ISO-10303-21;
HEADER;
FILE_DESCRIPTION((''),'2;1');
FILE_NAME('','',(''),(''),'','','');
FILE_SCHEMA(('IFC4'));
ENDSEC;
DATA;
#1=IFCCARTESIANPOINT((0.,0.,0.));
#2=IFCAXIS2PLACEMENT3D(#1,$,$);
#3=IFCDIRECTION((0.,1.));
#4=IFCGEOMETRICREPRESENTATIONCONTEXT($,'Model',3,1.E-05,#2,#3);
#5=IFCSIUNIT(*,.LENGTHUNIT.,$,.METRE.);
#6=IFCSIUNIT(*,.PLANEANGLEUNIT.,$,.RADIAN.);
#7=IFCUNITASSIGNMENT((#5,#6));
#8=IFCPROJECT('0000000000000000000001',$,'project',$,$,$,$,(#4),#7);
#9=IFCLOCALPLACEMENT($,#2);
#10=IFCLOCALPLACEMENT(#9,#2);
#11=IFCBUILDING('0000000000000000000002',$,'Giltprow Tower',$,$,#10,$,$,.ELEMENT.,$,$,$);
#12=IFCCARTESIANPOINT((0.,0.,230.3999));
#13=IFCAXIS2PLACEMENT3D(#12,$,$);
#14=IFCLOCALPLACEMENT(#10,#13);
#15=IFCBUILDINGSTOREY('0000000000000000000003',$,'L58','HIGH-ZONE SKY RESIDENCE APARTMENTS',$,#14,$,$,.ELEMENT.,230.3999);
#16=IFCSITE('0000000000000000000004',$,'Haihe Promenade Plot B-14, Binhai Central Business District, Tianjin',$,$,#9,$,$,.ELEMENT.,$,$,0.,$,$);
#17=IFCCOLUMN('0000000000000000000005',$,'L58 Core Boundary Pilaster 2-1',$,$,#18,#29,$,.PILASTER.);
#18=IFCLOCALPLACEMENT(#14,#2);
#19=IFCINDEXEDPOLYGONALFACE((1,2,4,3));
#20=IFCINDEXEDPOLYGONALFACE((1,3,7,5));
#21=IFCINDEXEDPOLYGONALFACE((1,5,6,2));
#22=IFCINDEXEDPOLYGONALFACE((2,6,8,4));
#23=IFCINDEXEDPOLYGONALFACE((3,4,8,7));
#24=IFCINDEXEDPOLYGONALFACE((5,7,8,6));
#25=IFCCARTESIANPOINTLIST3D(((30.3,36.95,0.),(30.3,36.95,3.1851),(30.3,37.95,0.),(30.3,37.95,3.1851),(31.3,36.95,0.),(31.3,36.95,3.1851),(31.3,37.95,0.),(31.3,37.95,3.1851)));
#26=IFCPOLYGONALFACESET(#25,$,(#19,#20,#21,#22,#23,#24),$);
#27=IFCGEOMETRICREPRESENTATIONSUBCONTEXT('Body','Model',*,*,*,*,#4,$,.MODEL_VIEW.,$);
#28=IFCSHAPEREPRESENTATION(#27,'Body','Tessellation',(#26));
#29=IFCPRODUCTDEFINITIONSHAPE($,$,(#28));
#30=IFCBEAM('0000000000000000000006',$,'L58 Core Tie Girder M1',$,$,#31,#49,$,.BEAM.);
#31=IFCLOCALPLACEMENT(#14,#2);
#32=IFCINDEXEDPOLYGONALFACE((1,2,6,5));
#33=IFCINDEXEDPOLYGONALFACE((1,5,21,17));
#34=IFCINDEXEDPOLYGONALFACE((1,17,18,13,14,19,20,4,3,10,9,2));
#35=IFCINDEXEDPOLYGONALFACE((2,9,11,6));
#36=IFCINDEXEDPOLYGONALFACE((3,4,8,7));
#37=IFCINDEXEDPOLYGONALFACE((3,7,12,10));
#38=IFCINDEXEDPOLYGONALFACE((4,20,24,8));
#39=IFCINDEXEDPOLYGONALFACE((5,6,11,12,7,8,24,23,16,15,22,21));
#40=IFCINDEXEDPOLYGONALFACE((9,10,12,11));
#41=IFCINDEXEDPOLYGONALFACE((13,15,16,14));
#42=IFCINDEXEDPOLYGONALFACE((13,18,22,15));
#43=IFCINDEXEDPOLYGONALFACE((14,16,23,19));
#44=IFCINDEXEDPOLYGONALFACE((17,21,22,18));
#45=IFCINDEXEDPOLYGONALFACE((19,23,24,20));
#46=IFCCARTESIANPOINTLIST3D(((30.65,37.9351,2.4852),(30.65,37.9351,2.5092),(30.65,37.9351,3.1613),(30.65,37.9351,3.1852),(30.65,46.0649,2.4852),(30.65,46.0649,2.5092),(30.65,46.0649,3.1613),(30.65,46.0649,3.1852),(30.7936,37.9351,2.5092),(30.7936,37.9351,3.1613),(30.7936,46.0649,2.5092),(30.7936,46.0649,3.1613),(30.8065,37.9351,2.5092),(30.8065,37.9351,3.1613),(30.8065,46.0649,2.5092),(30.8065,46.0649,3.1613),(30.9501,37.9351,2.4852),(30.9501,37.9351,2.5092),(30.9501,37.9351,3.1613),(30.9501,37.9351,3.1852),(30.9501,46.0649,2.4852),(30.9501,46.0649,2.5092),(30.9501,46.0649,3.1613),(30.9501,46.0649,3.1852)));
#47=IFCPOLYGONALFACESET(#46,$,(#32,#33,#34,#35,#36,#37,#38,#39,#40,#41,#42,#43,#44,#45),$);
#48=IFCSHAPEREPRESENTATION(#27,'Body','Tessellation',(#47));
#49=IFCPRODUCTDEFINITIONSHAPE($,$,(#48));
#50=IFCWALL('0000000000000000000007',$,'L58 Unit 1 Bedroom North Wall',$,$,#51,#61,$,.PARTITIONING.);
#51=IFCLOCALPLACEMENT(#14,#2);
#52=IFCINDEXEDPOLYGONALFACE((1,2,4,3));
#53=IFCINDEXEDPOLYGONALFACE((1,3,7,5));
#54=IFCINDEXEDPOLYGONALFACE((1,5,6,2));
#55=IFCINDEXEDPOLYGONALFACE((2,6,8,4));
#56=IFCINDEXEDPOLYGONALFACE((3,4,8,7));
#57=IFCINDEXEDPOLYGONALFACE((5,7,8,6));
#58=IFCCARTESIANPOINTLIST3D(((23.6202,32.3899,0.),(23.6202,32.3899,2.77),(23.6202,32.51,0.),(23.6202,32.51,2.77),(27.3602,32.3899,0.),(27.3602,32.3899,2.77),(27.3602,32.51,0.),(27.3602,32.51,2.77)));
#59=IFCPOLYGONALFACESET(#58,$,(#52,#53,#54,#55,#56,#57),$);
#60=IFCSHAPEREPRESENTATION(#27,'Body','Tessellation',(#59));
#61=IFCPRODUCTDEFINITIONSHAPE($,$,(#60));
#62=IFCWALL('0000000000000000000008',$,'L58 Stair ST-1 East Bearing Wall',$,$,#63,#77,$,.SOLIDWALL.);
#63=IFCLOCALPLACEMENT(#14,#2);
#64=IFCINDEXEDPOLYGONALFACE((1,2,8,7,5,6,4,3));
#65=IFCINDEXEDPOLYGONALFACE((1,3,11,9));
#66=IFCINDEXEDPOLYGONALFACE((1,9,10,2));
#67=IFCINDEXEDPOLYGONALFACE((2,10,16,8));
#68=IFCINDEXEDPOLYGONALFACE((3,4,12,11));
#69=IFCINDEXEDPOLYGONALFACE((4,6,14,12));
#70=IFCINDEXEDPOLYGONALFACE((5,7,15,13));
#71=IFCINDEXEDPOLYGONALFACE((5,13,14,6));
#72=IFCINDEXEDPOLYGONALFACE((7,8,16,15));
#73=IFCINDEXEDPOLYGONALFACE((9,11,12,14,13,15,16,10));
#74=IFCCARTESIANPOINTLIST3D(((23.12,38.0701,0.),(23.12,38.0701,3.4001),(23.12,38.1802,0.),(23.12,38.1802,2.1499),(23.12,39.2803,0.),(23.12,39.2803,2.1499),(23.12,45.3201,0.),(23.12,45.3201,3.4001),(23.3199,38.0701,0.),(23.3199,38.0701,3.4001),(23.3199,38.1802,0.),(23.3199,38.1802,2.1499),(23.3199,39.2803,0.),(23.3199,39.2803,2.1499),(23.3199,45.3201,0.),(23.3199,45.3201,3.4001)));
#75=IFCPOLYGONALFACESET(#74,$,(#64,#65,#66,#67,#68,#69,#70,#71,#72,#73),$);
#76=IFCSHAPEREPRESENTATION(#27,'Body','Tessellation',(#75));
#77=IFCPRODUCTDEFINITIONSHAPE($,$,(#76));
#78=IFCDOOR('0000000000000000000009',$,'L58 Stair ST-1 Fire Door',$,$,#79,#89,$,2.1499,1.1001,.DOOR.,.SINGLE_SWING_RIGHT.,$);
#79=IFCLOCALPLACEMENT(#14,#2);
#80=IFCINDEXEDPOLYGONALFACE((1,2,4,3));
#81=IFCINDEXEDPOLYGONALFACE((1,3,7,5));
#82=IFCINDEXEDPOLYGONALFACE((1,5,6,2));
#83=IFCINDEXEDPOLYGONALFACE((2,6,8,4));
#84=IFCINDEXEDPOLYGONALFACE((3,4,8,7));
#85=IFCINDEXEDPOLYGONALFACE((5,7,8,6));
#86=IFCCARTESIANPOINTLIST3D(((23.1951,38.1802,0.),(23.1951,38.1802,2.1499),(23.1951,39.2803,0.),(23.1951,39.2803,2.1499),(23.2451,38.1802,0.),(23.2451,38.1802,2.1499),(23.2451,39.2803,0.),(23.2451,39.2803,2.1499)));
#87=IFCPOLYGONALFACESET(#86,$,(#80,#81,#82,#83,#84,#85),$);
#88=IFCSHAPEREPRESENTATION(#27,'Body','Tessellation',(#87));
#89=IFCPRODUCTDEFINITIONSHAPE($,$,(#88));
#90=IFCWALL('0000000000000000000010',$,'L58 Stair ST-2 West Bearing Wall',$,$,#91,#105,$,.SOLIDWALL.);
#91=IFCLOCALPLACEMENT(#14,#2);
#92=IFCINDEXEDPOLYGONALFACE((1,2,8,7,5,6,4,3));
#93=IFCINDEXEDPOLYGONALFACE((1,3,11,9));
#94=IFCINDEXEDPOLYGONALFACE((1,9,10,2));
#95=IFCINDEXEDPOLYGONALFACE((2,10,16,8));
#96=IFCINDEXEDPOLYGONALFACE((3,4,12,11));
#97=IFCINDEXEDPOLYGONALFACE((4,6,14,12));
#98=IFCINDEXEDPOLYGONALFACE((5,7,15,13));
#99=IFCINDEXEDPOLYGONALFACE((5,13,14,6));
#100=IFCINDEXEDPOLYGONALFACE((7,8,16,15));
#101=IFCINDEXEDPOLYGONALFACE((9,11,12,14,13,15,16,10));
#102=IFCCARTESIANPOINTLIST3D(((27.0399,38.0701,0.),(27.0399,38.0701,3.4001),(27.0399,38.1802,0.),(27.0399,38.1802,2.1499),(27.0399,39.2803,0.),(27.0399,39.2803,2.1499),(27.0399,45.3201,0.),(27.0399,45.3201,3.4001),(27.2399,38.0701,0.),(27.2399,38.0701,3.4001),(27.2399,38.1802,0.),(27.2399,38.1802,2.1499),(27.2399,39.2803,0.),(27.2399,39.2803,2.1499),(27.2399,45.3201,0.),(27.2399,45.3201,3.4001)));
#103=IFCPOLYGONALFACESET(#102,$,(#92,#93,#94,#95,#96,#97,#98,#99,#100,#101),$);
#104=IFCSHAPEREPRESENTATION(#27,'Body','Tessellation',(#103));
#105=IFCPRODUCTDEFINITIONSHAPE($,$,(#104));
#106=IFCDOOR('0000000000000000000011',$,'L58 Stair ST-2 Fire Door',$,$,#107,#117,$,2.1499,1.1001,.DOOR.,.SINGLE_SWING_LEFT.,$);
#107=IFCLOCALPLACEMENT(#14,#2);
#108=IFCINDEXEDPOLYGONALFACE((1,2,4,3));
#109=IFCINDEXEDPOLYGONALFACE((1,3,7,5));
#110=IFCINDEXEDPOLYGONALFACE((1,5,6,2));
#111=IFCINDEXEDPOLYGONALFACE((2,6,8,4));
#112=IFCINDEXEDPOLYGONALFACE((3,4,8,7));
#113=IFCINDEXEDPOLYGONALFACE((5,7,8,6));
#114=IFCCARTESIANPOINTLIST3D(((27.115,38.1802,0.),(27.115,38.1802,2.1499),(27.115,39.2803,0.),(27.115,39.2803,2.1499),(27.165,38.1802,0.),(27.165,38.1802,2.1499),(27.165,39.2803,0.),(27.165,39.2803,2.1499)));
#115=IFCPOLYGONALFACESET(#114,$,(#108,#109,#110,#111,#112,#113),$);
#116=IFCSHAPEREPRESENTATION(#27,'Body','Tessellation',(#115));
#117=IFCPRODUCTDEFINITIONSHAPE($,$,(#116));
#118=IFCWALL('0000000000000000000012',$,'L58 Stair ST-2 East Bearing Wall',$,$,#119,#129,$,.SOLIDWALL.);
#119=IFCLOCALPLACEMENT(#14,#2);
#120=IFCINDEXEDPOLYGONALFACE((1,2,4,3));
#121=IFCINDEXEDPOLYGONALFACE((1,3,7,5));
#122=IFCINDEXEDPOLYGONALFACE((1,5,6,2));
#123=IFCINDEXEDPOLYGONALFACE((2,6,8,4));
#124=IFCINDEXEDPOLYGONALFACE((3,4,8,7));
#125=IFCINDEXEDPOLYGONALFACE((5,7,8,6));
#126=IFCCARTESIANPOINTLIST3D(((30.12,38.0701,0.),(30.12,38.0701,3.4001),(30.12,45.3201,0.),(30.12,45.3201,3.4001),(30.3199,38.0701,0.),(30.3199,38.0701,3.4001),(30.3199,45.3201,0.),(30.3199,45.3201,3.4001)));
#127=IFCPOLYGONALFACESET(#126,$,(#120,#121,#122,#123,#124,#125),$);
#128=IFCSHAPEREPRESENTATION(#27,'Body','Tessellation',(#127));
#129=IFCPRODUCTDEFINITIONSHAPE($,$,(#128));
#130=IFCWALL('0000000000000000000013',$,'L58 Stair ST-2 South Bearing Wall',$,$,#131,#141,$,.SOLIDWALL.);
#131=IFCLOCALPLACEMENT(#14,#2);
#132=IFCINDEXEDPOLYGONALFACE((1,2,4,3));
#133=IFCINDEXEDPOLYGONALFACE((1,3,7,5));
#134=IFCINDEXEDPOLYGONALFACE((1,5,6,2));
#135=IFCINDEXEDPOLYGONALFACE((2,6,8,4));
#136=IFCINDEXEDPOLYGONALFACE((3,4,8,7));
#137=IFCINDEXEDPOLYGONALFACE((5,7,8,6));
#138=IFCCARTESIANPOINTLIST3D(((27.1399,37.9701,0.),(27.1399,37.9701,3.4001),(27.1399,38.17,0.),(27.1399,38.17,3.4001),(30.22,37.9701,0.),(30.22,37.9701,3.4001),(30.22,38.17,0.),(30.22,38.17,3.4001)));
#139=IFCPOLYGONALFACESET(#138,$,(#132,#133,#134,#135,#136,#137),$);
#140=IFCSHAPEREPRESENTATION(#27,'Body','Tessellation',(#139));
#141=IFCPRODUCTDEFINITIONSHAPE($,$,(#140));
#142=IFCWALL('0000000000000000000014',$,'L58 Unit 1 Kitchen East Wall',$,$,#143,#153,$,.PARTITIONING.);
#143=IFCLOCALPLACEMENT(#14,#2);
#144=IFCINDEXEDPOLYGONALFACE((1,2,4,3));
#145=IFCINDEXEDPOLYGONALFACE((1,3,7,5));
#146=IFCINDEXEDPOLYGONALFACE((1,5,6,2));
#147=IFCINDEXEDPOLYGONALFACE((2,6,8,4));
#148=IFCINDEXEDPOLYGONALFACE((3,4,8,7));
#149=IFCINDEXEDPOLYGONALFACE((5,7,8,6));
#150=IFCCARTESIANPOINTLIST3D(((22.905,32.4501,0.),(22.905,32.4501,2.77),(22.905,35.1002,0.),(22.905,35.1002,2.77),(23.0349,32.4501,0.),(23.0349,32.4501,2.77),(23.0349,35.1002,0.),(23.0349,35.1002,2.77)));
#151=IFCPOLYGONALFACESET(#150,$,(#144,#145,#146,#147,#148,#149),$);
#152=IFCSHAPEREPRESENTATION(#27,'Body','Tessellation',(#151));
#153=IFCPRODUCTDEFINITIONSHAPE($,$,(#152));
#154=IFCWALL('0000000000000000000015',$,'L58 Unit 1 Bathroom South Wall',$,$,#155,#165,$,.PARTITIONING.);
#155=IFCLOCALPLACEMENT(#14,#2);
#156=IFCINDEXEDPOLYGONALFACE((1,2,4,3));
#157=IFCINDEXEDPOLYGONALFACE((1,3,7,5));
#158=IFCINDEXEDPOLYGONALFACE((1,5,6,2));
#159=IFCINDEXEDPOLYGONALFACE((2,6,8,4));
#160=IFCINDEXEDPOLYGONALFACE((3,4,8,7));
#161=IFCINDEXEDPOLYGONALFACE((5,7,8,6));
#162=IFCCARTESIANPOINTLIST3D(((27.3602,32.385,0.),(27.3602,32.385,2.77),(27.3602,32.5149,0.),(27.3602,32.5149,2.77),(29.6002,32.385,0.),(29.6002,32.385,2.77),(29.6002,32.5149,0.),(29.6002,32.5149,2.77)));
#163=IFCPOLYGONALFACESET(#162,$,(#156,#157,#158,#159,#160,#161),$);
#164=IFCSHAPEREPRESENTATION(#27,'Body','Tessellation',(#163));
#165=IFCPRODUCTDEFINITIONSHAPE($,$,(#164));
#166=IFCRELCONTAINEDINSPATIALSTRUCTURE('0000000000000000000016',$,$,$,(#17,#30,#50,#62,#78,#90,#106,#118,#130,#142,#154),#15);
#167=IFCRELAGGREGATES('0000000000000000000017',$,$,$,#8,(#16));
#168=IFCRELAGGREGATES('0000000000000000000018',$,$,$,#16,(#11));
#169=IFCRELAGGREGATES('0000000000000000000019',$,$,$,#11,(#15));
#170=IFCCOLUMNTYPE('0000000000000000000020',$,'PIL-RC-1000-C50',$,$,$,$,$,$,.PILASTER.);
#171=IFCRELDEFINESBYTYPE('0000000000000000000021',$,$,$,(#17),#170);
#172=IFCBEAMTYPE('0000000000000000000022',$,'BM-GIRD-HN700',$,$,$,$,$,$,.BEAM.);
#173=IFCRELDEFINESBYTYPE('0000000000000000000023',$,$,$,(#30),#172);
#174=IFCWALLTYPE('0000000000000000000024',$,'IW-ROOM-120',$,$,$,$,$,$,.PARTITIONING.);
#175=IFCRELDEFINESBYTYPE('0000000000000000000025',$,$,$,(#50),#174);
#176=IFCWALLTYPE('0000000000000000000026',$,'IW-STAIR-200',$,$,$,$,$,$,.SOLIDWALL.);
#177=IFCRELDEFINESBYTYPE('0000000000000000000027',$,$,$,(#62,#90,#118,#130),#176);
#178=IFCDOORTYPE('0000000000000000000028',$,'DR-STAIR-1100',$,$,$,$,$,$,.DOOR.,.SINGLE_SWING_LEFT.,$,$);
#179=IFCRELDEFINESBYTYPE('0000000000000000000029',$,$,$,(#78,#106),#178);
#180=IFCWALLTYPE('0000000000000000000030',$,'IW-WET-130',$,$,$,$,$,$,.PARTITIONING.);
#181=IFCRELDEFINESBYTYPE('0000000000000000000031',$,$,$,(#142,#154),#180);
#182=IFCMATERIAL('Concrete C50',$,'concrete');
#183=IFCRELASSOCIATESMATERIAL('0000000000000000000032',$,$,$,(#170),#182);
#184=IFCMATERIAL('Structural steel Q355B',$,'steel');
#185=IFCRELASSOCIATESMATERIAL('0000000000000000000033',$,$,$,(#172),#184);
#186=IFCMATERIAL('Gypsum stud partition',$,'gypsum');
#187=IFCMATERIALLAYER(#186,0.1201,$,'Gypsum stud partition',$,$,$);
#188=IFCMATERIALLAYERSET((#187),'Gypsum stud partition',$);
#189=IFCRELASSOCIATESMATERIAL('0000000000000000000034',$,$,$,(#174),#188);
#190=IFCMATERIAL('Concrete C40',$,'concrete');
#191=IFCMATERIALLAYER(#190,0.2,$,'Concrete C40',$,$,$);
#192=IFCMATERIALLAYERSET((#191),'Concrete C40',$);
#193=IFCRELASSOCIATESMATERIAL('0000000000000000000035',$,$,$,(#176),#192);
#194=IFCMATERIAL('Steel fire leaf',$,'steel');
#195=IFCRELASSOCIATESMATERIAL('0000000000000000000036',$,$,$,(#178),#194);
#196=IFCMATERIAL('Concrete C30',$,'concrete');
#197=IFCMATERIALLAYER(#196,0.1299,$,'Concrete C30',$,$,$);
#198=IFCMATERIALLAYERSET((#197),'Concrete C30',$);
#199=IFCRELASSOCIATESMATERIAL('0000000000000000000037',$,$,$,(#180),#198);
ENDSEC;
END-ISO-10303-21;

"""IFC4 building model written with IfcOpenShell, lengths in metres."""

from ifc_helpers import new_model, si_unit, direction, frame, frame_2d, origin, origin_2d, place, context, subcontext, project, spatial, rectangle, i_section, extrude, source, transform, mapped, material, layer, layer_set, material_profile, profile_set, type_object, element, fill, save


model = new_model("IFC4")

# Units and contexts
model_context = context("Model", 3, precision=1e-05, world=origin(), true_north=direction((0.0, 1.0)))
body_context = subcontext(model_context, "Body", "Model", "MODEL_VIEW")
ifc_project = project(units=[si_unit("LENGTHUNIT", "METRE"), si_unit("PLANEANGLEUNIT", "RADIAN")], contexts=[model_context])

# Site, building, storey
site_placement = place(None, origin())
site = spatial("IfcSite", under=ifc_project, at=site_placement, Name="Haihe Promenade Plot B-14, Binhai Central Business District, Tianjin", CompositionType="ELEMENT", RefElevation=0.0)
building_placement = place(site_placement, origin())
building = spatial("IfcBuilding", under=site, at=building_placement, Name="Giltprow Tower", CompositionType="ELEMENT")
storey_placement = place(building_placement, frame((0.0, 0.0, 230.3999)))
storey = spatial("IfcBuildingStorey", under=building, at=storey_placement, Name="L58", Description="HIGH-ZONE SKY RESIDENCE APARTMENTS", CompositionType="ELEMENT", Elevation=230.3999)

# Column
ifc_material_1 = material(Name="Concrete C50", Category="concrete")
ifc_material_profile_1 = material_profile(ifc_material_1, rectangle(XDim=1.0, YDim=1.0, at=origin_2d()), Name="RC 1000x1000")
ifc_profile_set_1 = profile_set([ifc_material_profile_1], Name="Concrete C50")
column_type = type_object("IfcColumnType", Name="PIL-RC-1000-C50", PredefinedType="PILASTER", material=ifc_profile_set_1)
shared_shape_1 = source(origin(), body_context, "Body", "SweptSolid", [
    extrude(rectangle(XDim=1.0, YDim=1.0, at=origin_2d()), origin(), (0.0, 0.0, 1.0), 3.1851),
])
column_placement = place(storey_placement, frame((30.8, 37.45, 0.0), z_axis=(0.0, 0.0, 1.0), x_axis=(1.0, 0.0, 0.0)))
element("IfcColumn", 1, at=column_placement, inside=storey, type_object=column_type, Name="L58 Core Boundary Pilaster 2-1", PredefinedType="PILASTER", context=body_context, shape_type="MappedRepresentation", body=[
    mapped(shared_shape_1, transform((0.0, 0.0, 0.0), x_axis=(1.0, 0.0, 0.0), y_axis=(0.0, 1.0, 0.0), z_axis=(0.0, 0.0, 1.0), scale=1.0)),
])

# Beam
ifc_material_2 = material(Name="Structural steel Q355B", Category="steel")
ifc_material_profile_2 = material_profile(ifc_material_2, i_section(OverallWidth=0.3, OverallDepth=0.7, WebThickness=0.0129, FlangeThickness=0.0239, at=origin_2d()), Name="HN 700x300x13x24")
ifc_profile_set_2 = profile_set([ifc_material_profile_2], Name="Structural steel Q355B")
beam_type = type_object("IfcBeamType", Name="BM-GIRD-HN700", PredefinedType="BEAM", material=ifc_profile_set_2)
shared_shape_2 = source(origin(), body_context, "Body", "SweptSolid", [
    extrude(i_section(OverallWidth=0.3, OverallDepth=0.7, WebThickness=0.0129, FlangeThickness=0.0239, at=origin_2d()), origin(), (0.0, 0.0, 1.0), 8.1299),
])
beam_placement = place(storey_placement, frame((30.8, 37.9351, 2.8352), z_axis=(0.0, 1.0, 0.0), x_axis=(-1.0, 0.0, 0.0)))
element("IfcBeam", 2, at=beam_placement, inside=storey, type_object=beam_type, Name="L58 Core Tie Girder M1", PredefinedType="BEAM", context=body_context, shape_type="MappedRepresentation", body=[
    mapped(shared_shape_2, transform((0.0, 0.0, 0.0), x_axis=(1.0, 0.0, 0.0), y_axis=(0.0, 1.0, 0.0), z_axis=(0.0, 0.0, 1.0), scale=1.0)),
])

# Wall
ifc_material_3 = material(Name="Gypsum stud partition", Category="gypsum")
ifc_layer_1 = layer(ifc_material_3, 0.1201, Name="Gypsum stud partition")
ifc_layer_set_1 = layer_set([ifc_layer_1], Name="Gypsum stud partition")
wall_type_1 = type_object("IfcWallType", Name="IW-ROOM-120", PredefinedType="PARTITIONING", material=ifc_layer_set_1)
wall_1_placement = place(storey_placement, frame((23.6201, 32.45, 0.0), z_axis=(0.0, 0.0, 1.0), x_axis=(1.0, 0.0, 0.0)))
element("IfcWall", 3, at=wall_1_placement, inside=storey, type_object=wall_type_1, Name="L58 Unit 1 Bedroom North Wall", PredefinedType="PARTITIONING", context=body_context, shape_type="SweptSolid", body=[
    extrude(rectangle(XDim=3.74, YDim=0.1201, at=frame_2d((1.8701, 0.0))), origin(), (0.0, 0.0, 1.0), 2.77),
])

# Walls, openings, doors
ifc_material_4 = material(Name="Concrete C40", Category="concrete")
ifc_layer_2 = layer(ifc_material_4, 0.2, Name="Concrete C40")
ifc_layer_set_2 = layer_set([ifc_layer_2], Name="Concrete C40")
wall_type_2 = type_object("IfcWallType", Name="IW-STAIR-200", PredefinedType="SOLIDWALL", material=ifc_layer_set_2)
wall_2_placement = place(storey_placement, frame((23.22, 38.0701, 0.0), z_axis=(0.0, 0.0, 1.0), x_axis=(0.0, 1.0, 0.0)))
wall_2 = element("IfcWall", 4, at=wall_2_placement, inside=storey, type_object=wall_type_2, Name="L58 Stair ST-1 East Bearing Wall", PredefinedType="SOLIDWALL", context=body_context, shape_type="SweptSolid", body=[
    extrude(rectangle(XDim=7.25, YDim=0.2, at=frame_2d((3.625, 0.0))), origin(), (0.0, 0.0, 1.0), 3.4001),
])
opening_1_placement = place(wall_2_placement, frame((0.1101, 0.0, 0.0)))
opening_1 = element("IfcOpeningElement", 5, at=opening_1_placement, cuts=wall_2, PredefinedType="OPENING", context=body_context, shape_type="SweptSolid", body=[
    extrude(rectangle(XDim=1.1001, YDim=2.1499, at=frame_2d((0.55, 1.075))), frame((0.0, 0.1099, 0.0), z_axis=(0.0, -1.0, 0.0), x_axis=(1.0, 0.0, 0.0)), (0.0, 0.0, 1.0), 0.22),
])
ifc_material_5 = material(Name="Steel fire leaf", Category="steel")
door_type_1 = type_object("IfcDoorType", Name="DR-STAIR-1100", OperationType="SINGLE_SWING_LEFT", PredefinedType="DOOR", material=ifc_material_5)
shared_shape_3 = source(origin(), body_context, "Body", "SweptSolid", [
    extrude(rectangle(XDim=1.1001, YDim=2.1499, at=frame_2d((0.55, 1.075))), frame((0.0, 0.0249, 0.0), z_axis=(0.0, -1.0, 0.0), x_axis=(1.0, 0.0, 0.0)), (0.0, 0.0, 1.0), 0.05),
])
door_1_placement = place(opening_1_placement, origin())
door_1 = element("IfcDoor", 6, at=door_1_placement, inside=storey, type_object=door_type_1, Name="L58 Stair ST-1 Fire Door", OperationType="SINGLE_SWING_RIGHT", OverallHeight=2.1499, OverallWidth=1.1001, PredefinedType="DOOR", context=body_context, shape_type="MappedRepresentation", body=[
    mapped(shared_shape_3, transform((0.0, 0.0, 0.0), x_axis=(1.0, 0.0, 0.0), y_axis=(0.0, 1.0, 0.0), z_axis=(0.0, 0.0, 1.0), scale=1.0)),
])
fill(opening_1, door_1)
wall_3_placement = place(storey_placement, frame((27.1399, 38.0701, 0.0), z_axis=(0.0, 0.0, 1.0), x_axis=(0.0, 1.0, 0.0)))
wall_3 = element("IfcWall", 7, at=wall_3_placement, inside=storey, type_object=wall_type_2, Name="L58 Stair ST-2 West Bearing Wall", PredefinedType="SOLIDWALL", context=body_context, shape_type="SweptSolid", body=[
    extrude(rectangle(XDim=7.25, YDim=0.2, at=frame_2d((3.625, 0.0))), origin(), (0.0, 0.0, 1.0), 3.4001),
])
opening_2_placement = place(wall_3_placement, frame((0.1101, 0.0, 0.0)))
opening_2 = element("IfcOpeningElement", 8, at=opening_2_placement, cuts=wall_3, PredefinedType="OPENING", context=body_context, shape_type="SweptSolid", body=[
    extrude(rectangle(XDim=1.1001, YDim=2.1499, at=frame_2d((0.55, 1.075))), frame((0.0, 0.1099, 0.0), z_axis=(0.0, -1.0, 0.0), x_axis=(1.0, 0.0, 0.0)), (0.0, 0.0, 1.0), 0.22),
])
door_2_placement = place(opening_2_placement, origin())
door_2 = element("IfcDoor", 9, at=door_2_placement, inside=storey, type_object=door_type_1, Name="L58 Stair ST-2 Fire Door", OperationType="SINGLE_SWING_LEFT", OverallHeight=2.1499, OverallWidth=1.1001, PredefinedType="DOOR", context=body_context, shape_type="MappedRepresentation", body=[
    mapped(shared_shape_3, transform((0.0, 0.0, 0.0), x_axis=(1.0, 0.0, 0.0), y_axis=(0.0, 1.0, 0.0), z_axis=(0.0, 0.0, 1.0), scale=1.0)),
])
fill(opening_2, door_2)

# Walls
wall_4_placement = place(storey_placement, frame((30.22, 38.0701, 0.0), z_axis=(0.0, 0.0, 1.0), x_axis=(0.0, 1.0, 0.0)))
element("IfcWall", 10, at=wall_4_placement, inside=storey, type_object=wall_type_2, Name="L58 Stair ST-2 East Bearing Wall", PredefinedType="SOLIDWALL", context=body_context, shape_type="SweptSolid", body=[
    extrude(rectangle(XDim=7.25, YDim=0.2, at=frame_2d((3.625, 0.0))), origin(), (0.0, 0.0, 1.0), 3.4001),
])
wall_5_placement = place(storey_placement, frame((27.1399, 38.0701, 0.0), z_axis=(0.0, 0.0, 1.0), x_axis=(1.0, 0.0, 0.0)))
element("IfcWall", 11, at=wall_5_placement, inside=storey, type_object=wall_type_2, Name="L58 Stair ST-2 South Bearing Wall", PredefinedType="SOLIDWALL", context=body_context, shape_type="SweptSolid", body=[
    extrude(rectangle(XDim=3.0801, YDim=0.2, at=frame_2d((1.54, 0.0))), origin(), (0.0, 0.0, 1.0), 3.4001),
])
ifc_material_6 = material(Name="Concrete C30", Category="concrete")
ifc_layer_3 = layer(ifc_material_6, 0.1299, Name="Concrete C30")
ifc_layer_set_3 = layer_set([ifc_layer_3], Name="Concrete C30")
wall_type_3 = type_object("IfcWallType", Name="IW-WET-130", PredefinedType="PARTITIONING", material=ifc_layer_set_3)
wall_6_placement = place(storey_placement, frame((22.97, 32.45, 0.0), z_axis=(0.0, 0.0, 1.0), x_axis=(0.0, 1.0, 0.0)))
element("IfcWall", 12, at=wall_6_placement, inside=storey, type_object=wall_type_3, Name="L58 Unit 1 Kitchen East Wall", PredefinedType="PARTITIONING", context=body_context, shape_type="SweptSolid", body=[
    extrude(rectangle(XDim=2.6501, YDim=0.1299, at=frame_2d((1.3252, 0.0))), origin(), (0.0, 0.0, 1.0), 2.77),
])
wall_7_placement = place(storey_placement, frame((27.3601, 32.45, 0.0), z_axis=(0.0, 0.0, 1.0), x_axis=(1.0, 0.0, 0.0)))
element("IfcWall", 13, at=wall_7_placement, inside=storey, type_object=wall_type_3, Name="L58 Unit 1 Bathroom South Wall", PredefinedType="PARTITIONING", context=body_context, shape_type="SweptSolid", body=[
    extrude(rectangle(XDim=2.24, YDim=0.1299, at=frame_2d((1.1201, 0.0))), origin(), (0.0, 0.0, 1.0), 2.77),
])

save(model, "model.ifc")
